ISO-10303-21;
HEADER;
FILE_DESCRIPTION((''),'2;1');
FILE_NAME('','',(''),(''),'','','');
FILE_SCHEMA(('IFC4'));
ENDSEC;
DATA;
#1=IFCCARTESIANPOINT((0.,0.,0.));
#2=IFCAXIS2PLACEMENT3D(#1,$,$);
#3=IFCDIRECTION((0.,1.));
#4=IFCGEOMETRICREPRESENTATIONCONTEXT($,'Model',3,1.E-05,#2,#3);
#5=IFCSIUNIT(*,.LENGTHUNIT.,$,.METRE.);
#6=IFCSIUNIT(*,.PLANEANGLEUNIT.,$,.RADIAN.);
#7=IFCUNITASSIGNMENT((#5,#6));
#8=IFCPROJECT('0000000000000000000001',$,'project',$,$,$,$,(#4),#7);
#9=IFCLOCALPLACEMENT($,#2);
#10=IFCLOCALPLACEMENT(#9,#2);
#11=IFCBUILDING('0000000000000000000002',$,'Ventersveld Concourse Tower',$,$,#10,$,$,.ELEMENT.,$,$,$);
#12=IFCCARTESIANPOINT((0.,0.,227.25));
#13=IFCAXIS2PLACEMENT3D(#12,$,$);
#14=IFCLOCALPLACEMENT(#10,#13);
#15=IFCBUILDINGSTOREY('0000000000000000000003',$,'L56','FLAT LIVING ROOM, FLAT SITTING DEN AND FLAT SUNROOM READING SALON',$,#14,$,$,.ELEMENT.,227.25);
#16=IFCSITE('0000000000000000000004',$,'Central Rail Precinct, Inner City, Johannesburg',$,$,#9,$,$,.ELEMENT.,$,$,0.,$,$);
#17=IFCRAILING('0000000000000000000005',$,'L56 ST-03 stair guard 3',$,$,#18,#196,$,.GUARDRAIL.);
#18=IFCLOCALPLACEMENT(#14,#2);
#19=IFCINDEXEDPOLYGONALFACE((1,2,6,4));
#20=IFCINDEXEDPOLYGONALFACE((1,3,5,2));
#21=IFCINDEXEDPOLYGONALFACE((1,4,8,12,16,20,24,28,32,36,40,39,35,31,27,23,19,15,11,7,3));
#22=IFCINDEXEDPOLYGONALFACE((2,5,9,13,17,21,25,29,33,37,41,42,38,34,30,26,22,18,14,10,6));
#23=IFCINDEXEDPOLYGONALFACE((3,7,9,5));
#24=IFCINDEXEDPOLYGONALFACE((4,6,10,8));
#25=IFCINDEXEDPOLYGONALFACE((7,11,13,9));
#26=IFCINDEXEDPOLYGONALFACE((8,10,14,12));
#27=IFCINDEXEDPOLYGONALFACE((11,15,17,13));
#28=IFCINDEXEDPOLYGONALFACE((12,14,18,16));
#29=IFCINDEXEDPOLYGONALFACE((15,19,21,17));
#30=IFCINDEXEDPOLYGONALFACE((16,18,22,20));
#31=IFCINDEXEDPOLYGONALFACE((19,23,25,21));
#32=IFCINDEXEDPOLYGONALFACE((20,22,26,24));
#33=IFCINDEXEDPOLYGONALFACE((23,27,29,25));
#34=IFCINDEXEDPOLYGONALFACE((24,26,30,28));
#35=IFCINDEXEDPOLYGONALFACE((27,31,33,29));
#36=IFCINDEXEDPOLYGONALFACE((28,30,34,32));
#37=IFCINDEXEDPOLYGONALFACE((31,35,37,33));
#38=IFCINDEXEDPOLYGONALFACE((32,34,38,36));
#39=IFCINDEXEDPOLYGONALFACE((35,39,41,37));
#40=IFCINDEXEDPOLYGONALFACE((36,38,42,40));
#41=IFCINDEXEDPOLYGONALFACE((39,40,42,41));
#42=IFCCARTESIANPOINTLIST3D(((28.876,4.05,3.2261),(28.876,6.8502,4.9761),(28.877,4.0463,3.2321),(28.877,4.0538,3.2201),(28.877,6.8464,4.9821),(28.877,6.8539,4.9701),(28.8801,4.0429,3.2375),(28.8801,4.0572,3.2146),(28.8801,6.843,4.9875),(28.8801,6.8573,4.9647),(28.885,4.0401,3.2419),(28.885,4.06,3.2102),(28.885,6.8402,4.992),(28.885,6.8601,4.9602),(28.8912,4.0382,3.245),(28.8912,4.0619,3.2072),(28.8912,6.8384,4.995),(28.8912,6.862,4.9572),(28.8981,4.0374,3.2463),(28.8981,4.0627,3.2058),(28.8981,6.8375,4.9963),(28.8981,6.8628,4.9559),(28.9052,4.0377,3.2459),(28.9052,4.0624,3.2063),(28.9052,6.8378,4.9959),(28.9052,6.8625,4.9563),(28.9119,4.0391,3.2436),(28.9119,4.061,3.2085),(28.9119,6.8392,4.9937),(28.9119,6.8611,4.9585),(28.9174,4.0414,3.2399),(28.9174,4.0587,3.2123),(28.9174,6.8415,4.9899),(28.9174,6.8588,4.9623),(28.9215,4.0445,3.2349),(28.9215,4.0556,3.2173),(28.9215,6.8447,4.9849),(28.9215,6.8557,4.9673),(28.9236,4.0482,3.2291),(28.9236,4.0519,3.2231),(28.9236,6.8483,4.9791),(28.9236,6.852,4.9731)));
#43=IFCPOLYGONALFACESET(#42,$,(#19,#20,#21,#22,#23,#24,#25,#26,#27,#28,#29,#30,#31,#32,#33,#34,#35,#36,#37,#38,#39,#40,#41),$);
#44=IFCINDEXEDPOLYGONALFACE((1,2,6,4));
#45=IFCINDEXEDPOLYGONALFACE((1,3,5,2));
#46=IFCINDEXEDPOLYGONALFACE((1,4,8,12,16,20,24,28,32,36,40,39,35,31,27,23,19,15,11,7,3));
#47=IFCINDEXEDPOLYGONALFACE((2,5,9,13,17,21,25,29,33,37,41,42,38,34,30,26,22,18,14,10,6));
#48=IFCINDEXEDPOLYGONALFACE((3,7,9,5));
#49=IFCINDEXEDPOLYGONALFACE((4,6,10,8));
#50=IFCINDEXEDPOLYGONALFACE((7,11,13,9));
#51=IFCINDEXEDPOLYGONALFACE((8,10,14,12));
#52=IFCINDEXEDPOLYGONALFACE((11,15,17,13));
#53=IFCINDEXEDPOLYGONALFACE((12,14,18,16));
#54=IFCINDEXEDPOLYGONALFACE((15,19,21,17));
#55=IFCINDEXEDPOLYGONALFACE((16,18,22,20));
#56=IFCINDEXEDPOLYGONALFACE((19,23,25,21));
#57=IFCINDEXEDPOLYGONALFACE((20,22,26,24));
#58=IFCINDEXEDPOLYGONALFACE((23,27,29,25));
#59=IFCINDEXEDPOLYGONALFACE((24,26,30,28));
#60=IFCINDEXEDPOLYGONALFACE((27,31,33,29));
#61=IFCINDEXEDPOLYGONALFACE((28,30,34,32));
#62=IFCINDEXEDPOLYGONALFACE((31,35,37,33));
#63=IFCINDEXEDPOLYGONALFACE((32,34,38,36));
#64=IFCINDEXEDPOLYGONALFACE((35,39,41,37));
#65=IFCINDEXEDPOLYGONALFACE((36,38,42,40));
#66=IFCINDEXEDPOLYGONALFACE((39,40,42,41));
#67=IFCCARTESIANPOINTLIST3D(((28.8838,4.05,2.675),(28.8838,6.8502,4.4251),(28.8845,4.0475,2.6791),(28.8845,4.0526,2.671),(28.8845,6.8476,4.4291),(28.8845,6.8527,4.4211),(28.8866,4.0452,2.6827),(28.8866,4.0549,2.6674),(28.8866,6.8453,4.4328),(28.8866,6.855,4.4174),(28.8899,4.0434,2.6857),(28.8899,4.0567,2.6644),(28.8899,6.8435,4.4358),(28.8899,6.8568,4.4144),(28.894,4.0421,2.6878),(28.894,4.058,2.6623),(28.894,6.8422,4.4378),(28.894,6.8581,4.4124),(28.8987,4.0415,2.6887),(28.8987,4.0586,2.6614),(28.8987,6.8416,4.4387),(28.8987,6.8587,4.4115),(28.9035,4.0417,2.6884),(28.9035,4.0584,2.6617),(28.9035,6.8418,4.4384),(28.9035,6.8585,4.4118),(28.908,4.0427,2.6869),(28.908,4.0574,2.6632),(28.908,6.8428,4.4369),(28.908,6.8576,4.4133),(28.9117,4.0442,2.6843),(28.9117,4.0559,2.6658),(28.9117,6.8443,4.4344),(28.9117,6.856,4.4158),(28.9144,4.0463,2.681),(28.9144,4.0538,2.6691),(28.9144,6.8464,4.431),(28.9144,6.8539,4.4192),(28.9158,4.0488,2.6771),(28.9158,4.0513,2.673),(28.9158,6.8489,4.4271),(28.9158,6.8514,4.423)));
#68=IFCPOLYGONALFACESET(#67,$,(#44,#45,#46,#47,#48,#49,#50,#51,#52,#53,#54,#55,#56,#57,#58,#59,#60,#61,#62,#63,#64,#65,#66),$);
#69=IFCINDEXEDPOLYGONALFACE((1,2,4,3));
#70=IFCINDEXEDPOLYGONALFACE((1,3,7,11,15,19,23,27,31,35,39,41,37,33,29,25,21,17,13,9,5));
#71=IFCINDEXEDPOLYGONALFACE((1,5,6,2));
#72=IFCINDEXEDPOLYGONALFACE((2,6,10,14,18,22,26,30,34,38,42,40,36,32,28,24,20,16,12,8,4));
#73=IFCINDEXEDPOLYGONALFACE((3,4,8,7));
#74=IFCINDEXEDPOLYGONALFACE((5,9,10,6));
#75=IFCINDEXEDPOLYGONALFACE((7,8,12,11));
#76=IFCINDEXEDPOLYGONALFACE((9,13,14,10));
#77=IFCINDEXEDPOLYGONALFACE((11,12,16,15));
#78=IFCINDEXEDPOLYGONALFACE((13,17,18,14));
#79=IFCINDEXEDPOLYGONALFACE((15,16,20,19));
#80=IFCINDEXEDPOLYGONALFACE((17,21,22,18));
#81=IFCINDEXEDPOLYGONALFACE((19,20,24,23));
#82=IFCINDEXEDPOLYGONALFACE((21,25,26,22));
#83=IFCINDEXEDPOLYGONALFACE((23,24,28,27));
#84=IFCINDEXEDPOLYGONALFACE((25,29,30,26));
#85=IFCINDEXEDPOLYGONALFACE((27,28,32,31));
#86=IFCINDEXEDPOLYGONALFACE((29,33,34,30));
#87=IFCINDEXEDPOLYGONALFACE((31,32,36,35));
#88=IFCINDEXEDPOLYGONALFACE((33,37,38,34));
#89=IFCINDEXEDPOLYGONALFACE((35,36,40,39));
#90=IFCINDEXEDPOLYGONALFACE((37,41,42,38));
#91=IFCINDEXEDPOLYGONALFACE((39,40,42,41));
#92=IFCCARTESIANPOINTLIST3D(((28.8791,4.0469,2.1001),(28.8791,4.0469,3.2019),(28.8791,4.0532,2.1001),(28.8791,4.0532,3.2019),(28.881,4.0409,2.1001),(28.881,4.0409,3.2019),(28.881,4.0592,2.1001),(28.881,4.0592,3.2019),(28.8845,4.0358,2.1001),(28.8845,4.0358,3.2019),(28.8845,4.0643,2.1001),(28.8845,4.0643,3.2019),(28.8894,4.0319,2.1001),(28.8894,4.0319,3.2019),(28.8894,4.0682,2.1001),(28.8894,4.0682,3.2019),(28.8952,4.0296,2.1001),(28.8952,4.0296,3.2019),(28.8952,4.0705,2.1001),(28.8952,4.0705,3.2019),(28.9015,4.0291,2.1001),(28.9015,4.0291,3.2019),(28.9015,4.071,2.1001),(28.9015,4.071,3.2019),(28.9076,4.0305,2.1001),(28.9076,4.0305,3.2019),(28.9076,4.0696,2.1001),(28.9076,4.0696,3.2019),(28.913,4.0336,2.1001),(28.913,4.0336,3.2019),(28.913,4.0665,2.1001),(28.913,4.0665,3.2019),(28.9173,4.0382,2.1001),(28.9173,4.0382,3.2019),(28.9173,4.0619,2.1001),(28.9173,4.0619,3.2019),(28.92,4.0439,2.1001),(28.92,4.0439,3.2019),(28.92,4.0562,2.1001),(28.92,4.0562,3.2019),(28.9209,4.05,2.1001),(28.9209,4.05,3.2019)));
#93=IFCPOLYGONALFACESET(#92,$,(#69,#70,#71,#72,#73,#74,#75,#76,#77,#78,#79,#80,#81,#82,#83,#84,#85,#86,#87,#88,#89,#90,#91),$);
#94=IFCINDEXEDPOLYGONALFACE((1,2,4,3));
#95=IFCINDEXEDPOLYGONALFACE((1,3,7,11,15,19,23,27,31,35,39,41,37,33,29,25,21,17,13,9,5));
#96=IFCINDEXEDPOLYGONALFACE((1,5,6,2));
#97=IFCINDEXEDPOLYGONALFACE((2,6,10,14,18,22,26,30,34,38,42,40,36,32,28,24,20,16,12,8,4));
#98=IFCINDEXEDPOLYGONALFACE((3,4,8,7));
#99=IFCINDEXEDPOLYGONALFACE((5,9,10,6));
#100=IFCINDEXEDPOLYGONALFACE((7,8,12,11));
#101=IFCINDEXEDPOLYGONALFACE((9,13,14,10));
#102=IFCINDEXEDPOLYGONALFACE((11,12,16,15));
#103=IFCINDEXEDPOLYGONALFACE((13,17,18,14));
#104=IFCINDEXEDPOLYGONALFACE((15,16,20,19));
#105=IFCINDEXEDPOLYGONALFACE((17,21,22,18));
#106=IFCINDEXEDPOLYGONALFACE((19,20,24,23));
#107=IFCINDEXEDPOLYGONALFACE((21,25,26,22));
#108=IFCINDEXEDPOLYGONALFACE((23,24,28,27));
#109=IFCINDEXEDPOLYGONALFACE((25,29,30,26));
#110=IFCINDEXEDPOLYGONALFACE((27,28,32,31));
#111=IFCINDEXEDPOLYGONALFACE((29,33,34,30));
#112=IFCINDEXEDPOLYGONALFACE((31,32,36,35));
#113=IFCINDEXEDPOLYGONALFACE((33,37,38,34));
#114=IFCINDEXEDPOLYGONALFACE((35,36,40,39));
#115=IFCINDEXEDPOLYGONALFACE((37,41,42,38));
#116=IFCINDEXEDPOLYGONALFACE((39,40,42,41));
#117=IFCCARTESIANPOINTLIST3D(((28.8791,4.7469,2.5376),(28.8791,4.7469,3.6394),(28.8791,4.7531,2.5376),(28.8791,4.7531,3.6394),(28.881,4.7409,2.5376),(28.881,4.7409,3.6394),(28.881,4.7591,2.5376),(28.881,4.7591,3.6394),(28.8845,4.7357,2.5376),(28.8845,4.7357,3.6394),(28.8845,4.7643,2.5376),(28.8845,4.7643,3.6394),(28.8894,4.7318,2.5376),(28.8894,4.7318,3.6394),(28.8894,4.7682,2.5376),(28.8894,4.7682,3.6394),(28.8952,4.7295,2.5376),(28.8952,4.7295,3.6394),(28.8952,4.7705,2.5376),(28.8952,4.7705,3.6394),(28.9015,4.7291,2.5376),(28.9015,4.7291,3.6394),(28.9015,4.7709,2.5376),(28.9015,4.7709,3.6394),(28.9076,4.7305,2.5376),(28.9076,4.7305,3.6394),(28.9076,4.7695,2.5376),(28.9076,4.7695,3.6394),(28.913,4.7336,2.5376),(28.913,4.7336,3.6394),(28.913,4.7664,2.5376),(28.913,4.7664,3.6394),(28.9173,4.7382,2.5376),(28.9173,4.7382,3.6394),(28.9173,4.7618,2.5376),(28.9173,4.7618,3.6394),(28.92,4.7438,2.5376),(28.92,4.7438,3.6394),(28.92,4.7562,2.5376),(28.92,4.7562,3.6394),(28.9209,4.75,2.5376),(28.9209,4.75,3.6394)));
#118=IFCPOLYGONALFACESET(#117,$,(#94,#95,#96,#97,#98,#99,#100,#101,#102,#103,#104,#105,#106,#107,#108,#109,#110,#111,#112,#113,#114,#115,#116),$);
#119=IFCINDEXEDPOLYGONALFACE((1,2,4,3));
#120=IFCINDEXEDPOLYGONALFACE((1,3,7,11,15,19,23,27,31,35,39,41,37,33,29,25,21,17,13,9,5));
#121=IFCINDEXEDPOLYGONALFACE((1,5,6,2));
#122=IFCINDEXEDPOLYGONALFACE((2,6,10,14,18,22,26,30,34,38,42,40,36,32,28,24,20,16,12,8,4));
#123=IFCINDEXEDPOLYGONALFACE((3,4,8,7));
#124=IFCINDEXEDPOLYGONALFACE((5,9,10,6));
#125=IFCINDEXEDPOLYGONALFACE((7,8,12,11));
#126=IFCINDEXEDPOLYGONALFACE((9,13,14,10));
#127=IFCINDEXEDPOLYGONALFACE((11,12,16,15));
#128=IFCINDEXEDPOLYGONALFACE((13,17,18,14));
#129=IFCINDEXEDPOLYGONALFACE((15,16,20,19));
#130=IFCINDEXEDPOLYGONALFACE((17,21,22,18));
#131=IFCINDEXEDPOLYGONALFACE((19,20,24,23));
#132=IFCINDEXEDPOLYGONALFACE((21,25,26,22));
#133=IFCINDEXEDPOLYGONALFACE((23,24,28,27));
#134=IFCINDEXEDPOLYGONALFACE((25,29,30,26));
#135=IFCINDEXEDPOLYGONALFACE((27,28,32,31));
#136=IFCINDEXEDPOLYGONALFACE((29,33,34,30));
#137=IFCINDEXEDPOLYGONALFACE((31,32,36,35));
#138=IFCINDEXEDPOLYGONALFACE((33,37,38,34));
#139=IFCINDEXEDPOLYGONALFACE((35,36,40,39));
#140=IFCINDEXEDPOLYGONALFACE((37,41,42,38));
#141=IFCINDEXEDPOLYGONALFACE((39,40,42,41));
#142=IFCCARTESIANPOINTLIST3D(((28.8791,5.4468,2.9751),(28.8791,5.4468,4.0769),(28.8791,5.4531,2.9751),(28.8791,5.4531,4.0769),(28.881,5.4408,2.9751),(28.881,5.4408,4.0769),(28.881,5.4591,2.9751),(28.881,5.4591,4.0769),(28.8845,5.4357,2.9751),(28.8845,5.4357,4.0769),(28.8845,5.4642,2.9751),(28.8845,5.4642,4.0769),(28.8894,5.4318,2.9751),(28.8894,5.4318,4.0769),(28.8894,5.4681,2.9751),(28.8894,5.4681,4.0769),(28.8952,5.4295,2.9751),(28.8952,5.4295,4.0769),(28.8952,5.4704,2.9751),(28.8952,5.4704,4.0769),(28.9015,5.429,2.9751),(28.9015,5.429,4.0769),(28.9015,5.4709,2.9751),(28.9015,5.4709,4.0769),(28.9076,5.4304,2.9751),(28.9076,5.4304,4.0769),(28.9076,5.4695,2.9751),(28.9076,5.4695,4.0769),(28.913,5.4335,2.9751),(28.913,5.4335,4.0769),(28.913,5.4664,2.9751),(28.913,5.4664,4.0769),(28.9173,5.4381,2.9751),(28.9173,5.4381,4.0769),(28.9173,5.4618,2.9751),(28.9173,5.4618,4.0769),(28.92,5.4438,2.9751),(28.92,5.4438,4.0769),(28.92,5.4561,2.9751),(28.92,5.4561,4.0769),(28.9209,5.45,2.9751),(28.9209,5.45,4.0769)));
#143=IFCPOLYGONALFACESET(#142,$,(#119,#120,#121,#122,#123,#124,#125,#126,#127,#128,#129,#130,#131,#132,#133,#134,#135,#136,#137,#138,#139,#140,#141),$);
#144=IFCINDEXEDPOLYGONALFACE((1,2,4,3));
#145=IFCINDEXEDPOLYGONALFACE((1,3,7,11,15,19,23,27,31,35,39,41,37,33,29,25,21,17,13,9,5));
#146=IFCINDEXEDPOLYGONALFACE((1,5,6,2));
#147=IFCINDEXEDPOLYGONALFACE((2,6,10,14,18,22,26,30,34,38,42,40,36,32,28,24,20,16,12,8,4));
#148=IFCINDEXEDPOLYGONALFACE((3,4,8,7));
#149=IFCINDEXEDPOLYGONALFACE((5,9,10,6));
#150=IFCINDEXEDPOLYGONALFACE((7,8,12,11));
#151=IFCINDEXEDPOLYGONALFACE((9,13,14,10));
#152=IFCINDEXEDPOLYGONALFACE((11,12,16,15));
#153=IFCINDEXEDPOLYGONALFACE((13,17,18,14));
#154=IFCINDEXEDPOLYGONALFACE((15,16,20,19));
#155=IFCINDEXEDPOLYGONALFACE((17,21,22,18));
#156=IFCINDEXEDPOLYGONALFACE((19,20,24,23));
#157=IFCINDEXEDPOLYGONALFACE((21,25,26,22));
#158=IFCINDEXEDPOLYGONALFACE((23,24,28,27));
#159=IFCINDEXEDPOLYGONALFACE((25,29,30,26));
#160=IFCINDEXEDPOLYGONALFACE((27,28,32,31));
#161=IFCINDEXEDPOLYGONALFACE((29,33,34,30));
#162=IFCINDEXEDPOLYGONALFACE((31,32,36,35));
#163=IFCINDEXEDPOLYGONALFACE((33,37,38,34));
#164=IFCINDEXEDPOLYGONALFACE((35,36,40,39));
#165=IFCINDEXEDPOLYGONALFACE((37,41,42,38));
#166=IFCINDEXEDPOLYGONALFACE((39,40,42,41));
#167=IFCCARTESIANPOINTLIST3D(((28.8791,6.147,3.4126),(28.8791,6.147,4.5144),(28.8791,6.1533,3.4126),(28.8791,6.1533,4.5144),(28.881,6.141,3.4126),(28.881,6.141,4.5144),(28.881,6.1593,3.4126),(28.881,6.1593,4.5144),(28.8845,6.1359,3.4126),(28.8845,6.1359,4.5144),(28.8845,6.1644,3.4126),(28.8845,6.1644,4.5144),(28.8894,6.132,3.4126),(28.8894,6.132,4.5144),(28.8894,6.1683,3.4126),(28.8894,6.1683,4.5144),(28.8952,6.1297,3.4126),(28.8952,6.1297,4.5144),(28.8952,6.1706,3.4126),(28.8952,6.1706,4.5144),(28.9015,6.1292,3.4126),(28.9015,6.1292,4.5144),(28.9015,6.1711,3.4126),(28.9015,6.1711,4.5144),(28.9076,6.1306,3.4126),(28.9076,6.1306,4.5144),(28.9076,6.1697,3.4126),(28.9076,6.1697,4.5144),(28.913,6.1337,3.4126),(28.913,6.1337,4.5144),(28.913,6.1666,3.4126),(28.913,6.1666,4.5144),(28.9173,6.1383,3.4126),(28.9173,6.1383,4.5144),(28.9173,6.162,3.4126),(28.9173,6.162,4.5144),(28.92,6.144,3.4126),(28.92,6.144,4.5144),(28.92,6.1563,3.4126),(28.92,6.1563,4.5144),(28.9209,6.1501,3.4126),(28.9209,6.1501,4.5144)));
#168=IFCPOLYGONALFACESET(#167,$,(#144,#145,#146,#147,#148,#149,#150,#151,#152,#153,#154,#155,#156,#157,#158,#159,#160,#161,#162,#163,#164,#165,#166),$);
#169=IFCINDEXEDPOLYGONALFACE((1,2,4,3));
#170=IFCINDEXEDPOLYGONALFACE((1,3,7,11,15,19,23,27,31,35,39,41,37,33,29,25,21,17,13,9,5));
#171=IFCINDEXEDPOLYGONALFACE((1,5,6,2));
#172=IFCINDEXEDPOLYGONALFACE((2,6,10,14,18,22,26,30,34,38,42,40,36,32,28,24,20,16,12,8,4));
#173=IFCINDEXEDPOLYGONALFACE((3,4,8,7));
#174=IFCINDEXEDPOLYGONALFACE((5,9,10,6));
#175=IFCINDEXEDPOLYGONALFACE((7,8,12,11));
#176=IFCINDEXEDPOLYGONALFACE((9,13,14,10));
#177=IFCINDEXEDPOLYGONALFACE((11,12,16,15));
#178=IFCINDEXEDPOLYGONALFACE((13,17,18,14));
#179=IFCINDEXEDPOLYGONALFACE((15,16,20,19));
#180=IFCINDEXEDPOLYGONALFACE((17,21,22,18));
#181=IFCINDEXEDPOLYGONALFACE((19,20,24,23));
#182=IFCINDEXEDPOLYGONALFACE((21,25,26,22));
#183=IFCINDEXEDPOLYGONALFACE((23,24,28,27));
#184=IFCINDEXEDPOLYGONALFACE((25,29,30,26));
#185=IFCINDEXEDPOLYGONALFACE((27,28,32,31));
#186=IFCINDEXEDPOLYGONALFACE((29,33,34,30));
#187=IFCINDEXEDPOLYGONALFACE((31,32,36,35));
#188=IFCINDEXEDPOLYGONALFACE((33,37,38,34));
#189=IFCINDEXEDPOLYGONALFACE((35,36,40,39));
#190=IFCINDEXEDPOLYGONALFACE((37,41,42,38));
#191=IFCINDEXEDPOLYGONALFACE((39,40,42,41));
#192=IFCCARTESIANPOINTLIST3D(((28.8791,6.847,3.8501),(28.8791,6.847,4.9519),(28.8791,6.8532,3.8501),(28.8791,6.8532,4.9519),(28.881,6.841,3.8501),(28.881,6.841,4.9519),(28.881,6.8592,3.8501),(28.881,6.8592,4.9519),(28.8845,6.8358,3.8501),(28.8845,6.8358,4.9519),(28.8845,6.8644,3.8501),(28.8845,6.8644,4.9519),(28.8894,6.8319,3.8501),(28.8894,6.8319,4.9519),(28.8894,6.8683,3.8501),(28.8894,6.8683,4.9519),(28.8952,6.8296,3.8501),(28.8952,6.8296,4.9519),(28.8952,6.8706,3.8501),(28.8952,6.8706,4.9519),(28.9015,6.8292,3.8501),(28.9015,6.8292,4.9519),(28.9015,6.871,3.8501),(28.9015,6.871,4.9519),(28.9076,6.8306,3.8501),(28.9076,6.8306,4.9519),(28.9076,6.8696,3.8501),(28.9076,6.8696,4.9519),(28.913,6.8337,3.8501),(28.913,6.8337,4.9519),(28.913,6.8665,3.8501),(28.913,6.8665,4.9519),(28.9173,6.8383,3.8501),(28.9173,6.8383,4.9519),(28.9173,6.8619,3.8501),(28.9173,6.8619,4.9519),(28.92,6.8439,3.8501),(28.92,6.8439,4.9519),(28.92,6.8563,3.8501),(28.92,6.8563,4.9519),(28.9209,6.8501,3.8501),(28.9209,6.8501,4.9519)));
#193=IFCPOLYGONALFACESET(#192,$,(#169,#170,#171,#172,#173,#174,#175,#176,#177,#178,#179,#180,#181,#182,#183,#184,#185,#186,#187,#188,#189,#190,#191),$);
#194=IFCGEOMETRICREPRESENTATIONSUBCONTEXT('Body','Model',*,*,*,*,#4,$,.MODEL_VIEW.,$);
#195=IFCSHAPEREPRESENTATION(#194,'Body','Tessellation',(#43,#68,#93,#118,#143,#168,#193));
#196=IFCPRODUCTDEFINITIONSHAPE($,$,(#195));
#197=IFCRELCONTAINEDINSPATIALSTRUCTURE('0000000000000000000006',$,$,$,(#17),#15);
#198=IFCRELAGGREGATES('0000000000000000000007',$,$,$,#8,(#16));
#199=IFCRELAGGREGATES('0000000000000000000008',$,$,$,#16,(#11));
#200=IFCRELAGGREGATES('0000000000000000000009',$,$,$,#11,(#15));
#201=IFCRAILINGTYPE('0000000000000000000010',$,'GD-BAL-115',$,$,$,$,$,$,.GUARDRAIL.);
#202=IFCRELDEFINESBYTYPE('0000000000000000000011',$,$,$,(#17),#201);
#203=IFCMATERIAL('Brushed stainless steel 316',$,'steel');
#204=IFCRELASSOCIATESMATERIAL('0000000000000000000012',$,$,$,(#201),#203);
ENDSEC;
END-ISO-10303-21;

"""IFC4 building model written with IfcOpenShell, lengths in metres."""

from ifc_helpers import new_model, si_unit, direction, frame, origin, origin_2d, place, context, subcontext, project, spatial, circle, extrude, material, type_object, element, save


model = new_model("IFC4")

# Units and contexts
model_context = context("Model", 3, precision=1e-05, world=origin(), true_north=direction((0.0, 1.0)))
body_context = subcontext(model_context, "Body", "Model", "MODEL_VIEW")
ifc_project = project(units=[si_unit("LENGTHUNIT", "METRE"), si_unit("PLANEANGLEUNIT", "RADIAN")], contexts=[model_context])

# Site, building, storey
site_placement = place(None, origin())
site = spatial("IfcSite", under=ifc_project, at=site_placement, Name="Central Rail Precinct, Inner City, Johannesburg", CompositionType="ELEMENT", RefElevation=0.0)
building_placement = place(site_placement, origin())
building = spatial("IfcBuilding", under=site, at=building_placement, Name="Ventersveld Concourse Tower", CompositionType="ELEMENT")
storey_placement = place(building_placement, frame((0.0, 0.0, 227.25)))
storey = spatial("IfcBuildingStorey", under=building, at=storey_placement, Name="L56", Description="FLAT LIVING ROOM, FLAT SITTING DEN AND FLAT SUNROOM READING SALON", CompositionType="ELEMENT", Elevation=227.25)

# Shared definitions
ifc_material_1 = material(Name="Brushed stainless steel 316", Category="steel")

# Railing
railing_type = type_object("IfcRailingType", Name="GD-BAL-115", PredefinedType="GUARDRAIL", material=ifc_material_1)
railing_1_placement = place(storey_placement, frame((28.8999, 4.05, 2.1001)))
element("IfcRailing", 1, at=railing_1_placement, inside=storey, type_object=railing_type, Name="L56 ST-03 stair guard 3", PredefinedType="GUARDRAIL", context=body_context, shape_type="SweptSolid", body=[
    extrude(circle(Radius=0.0239, at=origin_2d()), frame((0.0, 0.0, 1.126), z_axis=(0.0, 0.848002, 0.529992), x_axis=(-1.0, 0.0, 0.0)), (0.0, 0.0, 1.0), 3.302),
    extrude(circle(Radius=0.0161, at=origin_2d()), frame((0.0, 0.0, 0.575), z_axis=(0.0, 0.848002, 0.529992), x_axis=(-1.0, 0.0, 0.0)), (0.0, 0.0, 1.0), 3.302),
    extrude(circle(Radius=0.021, at=origin_2d()), origin(), (0.0, 0.0, 1.0), 1.1018),
    extrude(circle(Radius=0.021, at=origin_2d()), frame((0.0, 0.7, 0.4375)), (0.0, 0.0, 1.0), 1.1018),
    extrude(circle(Radius=0.021, at=origin_2d()), frame((0.0, 1.3999, 0.875)), (0.0, 0.0, 1.0), 1.1018),
    extrude(circle(Radius=0.021, at=origin_2d()), frame((0.0, 2.1001, 1.3125)), (0.0, 0.0, 1.0), 1.1018),
    extrude(circle(Radius=0.021, at=origin_2d()), frame((0.0, 2.8, 1.75)), (0.0, 0.0, 1.0), 1.1018),
])

save(model, "model.ifc")
